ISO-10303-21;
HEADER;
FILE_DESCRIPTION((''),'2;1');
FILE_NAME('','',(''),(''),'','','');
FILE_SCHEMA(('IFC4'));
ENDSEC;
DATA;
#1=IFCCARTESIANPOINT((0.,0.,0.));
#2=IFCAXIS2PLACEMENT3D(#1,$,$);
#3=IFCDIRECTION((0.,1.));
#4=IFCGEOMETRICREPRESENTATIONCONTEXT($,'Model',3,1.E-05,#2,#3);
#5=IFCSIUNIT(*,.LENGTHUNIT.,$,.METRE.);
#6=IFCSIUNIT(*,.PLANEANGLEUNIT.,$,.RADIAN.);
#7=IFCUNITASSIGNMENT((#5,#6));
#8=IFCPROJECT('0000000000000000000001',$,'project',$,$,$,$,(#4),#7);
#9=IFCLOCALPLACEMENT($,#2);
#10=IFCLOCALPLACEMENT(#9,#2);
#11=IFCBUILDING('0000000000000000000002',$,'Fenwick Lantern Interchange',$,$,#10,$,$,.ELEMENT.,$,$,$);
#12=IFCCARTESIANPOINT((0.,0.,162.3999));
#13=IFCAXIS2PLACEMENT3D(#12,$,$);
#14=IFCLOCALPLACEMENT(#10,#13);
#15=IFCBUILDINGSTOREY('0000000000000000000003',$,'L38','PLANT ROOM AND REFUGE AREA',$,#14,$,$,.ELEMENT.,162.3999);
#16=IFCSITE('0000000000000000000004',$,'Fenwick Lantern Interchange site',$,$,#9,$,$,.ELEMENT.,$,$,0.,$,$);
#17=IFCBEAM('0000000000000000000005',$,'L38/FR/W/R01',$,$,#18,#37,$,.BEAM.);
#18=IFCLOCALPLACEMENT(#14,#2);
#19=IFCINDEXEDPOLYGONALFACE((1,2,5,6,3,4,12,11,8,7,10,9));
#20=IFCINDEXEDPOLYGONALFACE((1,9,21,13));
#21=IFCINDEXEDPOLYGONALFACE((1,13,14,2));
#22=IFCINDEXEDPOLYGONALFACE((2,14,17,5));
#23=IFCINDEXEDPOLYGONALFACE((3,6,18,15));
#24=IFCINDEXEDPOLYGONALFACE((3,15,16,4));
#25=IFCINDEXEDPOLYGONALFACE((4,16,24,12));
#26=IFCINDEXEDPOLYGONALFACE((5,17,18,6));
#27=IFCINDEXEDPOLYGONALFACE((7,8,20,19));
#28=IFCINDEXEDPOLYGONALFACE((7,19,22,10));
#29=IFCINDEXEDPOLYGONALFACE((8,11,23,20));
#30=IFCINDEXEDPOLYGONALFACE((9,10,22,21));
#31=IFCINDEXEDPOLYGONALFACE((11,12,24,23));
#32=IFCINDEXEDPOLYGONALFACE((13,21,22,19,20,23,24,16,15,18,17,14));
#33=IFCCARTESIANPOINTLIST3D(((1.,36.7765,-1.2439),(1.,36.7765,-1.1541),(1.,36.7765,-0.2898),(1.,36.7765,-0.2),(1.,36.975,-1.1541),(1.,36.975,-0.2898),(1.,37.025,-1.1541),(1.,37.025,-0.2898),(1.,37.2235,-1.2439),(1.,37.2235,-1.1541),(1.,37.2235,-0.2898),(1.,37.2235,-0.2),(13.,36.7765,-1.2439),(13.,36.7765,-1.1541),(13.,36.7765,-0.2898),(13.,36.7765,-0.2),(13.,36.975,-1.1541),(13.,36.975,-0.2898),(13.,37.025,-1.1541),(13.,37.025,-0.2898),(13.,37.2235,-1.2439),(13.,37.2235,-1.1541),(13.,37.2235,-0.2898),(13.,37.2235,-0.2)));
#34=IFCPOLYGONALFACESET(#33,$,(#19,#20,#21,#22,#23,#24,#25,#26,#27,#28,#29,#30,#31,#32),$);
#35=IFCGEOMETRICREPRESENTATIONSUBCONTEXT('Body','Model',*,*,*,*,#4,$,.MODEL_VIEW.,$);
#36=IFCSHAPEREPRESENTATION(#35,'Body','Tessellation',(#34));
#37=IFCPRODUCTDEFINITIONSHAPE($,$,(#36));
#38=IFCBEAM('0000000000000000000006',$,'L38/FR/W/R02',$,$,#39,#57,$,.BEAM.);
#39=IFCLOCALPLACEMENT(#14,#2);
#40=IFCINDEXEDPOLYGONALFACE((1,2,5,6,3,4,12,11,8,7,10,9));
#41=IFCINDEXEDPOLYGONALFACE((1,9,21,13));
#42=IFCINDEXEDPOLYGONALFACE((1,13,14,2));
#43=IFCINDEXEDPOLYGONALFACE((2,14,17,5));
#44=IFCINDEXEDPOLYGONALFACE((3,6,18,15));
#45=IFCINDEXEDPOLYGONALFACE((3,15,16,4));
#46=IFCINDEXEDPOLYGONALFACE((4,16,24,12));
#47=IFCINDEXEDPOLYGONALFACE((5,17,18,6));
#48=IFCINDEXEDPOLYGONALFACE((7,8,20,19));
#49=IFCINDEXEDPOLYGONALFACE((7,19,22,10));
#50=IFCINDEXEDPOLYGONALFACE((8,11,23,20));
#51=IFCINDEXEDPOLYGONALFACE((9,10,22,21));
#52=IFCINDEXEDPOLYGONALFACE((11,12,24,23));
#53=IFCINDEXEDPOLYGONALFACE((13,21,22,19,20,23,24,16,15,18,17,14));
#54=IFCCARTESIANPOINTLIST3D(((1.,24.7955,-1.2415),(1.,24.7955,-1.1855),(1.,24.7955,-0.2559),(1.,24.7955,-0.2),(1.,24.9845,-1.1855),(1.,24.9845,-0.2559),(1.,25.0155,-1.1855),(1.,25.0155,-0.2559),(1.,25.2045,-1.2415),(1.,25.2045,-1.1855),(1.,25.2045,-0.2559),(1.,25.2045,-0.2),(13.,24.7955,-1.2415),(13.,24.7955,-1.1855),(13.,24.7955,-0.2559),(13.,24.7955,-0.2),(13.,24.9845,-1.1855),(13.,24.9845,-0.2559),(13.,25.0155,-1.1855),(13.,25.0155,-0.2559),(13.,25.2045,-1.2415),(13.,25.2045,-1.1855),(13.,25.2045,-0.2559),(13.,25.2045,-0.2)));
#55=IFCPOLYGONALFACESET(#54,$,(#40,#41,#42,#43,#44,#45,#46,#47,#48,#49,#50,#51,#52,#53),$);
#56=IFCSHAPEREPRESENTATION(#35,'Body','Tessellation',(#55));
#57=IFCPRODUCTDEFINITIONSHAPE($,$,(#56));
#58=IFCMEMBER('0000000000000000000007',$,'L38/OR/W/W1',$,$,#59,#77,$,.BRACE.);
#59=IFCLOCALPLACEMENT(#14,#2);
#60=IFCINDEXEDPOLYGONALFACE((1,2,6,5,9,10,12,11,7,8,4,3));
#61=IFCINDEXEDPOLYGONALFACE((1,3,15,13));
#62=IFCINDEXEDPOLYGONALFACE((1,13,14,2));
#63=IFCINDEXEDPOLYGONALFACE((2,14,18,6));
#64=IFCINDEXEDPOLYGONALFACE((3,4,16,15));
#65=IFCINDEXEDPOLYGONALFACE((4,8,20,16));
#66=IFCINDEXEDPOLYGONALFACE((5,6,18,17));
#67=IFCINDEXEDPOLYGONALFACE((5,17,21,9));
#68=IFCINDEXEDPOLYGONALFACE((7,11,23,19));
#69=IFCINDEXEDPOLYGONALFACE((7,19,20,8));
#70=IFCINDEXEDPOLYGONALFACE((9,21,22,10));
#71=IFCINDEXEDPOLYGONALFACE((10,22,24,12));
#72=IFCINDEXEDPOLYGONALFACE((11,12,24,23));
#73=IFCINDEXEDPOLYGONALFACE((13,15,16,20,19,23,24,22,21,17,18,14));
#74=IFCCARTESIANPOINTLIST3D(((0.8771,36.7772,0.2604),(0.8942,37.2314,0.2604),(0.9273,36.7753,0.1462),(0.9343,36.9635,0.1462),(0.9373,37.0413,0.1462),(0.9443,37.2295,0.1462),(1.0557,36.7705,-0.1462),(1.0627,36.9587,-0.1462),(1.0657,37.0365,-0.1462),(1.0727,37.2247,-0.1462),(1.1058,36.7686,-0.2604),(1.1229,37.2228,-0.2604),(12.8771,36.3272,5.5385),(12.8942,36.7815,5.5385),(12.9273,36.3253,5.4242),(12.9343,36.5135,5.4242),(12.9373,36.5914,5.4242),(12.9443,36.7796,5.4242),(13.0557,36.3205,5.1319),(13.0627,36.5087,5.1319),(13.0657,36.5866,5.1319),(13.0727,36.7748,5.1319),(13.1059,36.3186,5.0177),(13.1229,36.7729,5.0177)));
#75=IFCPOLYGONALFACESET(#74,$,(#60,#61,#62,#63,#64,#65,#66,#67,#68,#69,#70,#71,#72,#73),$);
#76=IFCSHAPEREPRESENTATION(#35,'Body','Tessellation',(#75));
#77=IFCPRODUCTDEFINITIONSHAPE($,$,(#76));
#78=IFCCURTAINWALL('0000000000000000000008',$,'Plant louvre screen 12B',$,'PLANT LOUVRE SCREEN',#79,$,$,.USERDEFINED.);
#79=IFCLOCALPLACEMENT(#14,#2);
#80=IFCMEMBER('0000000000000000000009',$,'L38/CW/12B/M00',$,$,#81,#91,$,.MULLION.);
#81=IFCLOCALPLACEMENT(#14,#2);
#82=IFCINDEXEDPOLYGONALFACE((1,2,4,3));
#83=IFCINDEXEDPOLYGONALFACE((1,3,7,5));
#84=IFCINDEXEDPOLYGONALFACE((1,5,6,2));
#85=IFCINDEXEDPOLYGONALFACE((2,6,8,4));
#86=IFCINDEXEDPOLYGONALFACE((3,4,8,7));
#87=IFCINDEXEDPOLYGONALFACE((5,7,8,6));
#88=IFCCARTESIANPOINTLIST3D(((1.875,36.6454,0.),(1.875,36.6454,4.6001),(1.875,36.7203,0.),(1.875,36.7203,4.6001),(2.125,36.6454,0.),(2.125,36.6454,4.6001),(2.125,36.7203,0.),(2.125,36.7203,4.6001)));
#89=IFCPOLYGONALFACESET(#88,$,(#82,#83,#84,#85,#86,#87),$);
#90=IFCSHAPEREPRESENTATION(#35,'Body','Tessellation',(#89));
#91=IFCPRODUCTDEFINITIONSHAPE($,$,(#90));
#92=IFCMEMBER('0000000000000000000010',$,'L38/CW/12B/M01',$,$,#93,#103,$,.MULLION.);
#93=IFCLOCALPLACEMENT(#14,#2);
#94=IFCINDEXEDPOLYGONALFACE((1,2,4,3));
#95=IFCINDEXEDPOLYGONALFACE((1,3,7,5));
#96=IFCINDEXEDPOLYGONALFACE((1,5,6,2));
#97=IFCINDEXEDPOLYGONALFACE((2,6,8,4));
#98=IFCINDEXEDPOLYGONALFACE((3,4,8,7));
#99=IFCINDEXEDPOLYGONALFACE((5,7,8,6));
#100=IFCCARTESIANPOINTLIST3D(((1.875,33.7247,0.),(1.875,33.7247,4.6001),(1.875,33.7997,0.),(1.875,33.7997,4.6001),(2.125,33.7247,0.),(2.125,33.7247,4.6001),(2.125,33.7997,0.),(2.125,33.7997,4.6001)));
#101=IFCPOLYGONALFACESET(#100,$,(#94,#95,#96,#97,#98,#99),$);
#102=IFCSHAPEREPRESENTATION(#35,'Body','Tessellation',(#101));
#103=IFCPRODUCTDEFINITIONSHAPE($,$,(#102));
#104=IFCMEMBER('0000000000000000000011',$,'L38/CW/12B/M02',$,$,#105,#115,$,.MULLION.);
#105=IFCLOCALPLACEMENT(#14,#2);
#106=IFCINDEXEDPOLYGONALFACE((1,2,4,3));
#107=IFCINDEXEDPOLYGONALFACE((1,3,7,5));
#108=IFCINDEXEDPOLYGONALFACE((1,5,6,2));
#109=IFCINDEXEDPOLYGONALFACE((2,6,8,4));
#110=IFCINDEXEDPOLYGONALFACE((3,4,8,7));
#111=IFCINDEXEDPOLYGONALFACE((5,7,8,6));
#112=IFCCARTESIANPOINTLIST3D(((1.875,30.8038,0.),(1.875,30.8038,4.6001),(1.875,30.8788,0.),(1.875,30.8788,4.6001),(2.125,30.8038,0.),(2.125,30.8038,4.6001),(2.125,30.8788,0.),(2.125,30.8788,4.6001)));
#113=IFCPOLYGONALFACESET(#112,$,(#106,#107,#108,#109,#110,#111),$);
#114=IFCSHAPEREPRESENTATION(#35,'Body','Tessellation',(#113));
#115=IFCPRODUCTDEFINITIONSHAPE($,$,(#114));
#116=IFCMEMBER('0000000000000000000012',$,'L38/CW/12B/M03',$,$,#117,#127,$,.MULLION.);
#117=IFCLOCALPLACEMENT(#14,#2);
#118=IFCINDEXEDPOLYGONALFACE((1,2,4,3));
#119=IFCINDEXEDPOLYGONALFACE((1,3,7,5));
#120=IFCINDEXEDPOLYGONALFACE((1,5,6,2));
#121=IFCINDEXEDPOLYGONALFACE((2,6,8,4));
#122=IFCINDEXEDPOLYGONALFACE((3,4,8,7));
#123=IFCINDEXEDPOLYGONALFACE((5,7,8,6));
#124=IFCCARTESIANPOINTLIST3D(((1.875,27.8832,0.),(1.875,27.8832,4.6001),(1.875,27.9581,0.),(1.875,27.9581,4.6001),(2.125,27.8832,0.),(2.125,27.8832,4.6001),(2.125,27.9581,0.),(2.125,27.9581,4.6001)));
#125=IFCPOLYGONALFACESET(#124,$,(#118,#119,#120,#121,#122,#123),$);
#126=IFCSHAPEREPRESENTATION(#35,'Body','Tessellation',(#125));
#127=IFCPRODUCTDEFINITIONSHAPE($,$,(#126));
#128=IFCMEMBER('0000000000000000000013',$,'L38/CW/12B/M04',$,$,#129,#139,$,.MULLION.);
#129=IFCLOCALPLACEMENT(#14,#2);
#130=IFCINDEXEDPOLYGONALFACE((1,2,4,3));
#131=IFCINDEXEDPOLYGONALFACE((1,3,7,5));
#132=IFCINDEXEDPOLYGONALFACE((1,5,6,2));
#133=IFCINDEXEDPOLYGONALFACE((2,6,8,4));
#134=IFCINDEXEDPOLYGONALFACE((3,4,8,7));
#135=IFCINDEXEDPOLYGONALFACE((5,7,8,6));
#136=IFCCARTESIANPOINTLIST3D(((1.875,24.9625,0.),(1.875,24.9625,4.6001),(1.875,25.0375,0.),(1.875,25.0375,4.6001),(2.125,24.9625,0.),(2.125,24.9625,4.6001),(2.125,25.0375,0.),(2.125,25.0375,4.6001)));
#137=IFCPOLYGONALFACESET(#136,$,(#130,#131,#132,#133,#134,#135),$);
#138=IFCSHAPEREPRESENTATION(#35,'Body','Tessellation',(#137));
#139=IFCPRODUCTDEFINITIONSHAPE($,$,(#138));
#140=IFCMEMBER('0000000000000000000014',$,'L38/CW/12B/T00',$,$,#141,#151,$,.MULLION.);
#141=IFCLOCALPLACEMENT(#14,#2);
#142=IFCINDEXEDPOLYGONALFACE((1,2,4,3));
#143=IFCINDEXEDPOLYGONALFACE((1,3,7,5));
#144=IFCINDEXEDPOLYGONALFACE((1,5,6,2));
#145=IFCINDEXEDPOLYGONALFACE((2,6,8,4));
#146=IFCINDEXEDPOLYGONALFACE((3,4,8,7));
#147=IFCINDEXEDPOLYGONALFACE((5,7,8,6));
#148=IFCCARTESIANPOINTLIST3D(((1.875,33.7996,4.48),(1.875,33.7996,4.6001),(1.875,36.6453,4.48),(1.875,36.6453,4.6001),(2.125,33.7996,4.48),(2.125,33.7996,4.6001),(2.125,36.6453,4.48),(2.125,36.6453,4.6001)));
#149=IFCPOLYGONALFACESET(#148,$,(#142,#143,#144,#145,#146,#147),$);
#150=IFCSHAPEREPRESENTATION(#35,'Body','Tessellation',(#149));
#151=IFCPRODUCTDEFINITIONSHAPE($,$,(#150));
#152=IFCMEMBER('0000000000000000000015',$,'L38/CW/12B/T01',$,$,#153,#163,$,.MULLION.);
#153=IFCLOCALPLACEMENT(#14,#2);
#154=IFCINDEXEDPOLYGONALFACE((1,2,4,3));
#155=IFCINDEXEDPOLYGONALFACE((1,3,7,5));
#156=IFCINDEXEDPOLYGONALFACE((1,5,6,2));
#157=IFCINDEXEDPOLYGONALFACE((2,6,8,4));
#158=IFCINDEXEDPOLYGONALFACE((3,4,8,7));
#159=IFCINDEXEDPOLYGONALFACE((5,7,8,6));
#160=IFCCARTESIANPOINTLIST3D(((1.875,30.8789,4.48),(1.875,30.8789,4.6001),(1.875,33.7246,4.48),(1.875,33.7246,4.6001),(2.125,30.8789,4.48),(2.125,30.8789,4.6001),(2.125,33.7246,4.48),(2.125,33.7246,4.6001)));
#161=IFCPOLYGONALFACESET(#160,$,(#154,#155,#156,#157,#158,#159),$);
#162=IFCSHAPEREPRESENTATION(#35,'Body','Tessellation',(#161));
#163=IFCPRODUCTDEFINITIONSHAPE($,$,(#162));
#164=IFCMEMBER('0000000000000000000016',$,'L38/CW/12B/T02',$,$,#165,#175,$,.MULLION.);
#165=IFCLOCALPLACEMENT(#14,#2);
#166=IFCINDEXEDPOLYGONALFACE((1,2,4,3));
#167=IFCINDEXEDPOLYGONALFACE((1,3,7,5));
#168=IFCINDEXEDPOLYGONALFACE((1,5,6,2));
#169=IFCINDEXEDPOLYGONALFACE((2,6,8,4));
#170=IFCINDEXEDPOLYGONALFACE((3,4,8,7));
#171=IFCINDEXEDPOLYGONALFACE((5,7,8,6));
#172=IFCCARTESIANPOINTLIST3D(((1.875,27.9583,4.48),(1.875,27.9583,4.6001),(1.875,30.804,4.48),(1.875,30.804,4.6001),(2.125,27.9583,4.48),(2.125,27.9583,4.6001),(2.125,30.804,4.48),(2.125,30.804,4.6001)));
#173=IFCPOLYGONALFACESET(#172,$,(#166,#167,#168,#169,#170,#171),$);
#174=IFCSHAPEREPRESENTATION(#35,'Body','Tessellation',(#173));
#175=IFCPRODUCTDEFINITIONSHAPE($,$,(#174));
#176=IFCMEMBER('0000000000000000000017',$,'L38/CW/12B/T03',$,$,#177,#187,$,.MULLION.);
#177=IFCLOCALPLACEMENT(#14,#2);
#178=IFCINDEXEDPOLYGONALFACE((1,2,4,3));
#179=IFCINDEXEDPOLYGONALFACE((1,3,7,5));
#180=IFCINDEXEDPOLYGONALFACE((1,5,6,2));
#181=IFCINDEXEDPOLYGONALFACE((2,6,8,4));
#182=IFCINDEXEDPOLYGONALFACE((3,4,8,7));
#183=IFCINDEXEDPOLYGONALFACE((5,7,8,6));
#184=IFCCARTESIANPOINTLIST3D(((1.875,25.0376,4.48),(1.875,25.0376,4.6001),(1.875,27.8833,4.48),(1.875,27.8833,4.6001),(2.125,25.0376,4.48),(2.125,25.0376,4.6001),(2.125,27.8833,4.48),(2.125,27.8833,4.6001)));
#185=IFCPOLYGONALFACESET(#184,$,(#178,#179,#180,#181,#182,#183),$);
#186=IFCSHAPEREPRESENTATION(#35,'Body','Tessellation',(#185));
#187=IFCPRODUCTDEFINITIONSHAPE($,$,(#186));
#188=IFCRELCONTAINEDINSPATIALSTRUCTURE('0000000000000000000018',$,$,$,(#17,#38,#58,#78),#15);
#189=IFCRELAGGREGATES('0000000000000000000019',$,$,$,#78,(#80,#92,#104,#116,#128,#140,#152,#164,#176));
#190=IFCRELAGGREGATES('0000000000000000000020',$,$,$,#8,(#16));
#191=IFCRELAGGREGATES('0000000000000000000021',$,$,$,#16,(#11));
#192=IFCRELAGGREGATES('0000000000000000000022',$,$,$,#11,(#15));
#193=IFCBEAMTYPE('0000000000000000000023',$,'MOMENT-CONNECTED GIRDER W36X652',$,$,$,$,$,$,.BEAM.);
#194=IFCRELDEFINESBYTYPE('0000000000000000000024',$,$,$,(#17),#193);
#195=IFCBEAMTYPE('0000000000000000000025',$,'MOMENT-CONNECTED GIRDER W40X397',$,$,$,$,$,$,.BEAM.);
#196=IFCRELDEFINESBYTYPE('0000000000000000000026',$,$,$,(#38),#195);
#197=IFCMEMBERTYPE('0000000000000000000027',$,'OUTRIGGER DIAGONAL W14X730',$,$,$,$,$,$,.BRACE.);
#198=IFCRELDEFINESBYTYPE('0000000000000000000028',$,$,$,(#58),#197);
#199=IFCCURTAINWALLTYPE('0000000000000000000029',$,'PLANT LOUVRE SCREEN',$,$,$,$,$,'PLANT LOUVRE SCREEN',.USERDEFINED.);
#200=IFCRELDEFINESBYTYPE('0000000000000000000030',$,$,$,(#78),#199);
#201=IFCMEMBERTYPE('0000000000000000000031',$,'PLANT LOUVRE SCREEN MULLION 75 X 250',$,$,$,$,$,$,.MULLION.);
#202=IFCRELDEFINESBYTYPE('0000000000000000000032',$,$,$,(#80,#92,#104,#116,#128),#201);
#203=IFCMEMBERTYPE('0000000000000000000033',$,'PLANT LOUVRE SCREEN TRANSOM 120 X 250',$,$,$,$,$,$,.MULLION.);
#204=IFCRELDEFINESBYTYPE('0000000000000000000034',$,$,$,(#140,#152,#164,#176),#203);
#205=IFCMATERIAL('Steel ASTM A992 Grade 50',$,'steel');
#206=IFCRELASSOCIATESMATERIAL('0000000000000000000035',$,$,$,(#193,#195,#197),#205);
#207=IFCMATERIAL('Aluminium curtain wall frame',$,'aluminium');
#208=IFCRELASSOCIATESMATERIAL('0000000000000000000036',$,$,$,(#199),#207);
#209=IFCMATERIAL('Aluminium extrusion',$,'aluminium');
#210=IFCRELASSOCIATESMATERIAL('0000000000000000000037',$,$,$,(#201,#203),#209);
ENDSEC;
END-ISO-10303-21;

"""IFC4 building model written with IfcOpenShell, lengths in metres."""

from ifc_helpers import new_model, si_unit, direction, frame, origin, origin_2d, place, context, subcontext, project, spatial, rectangle, i_section, extrude, material, material_profile, profile_set, type_object, element, aggregate, save


model = new_model("IFC4")

# Units and contexts
model_context = context("Model", 3, precision=1e-05, world=origin(), true_north=direction((0.0, 1.0)))
body_context = subcontext(model_context, "Body", "Model", "MODEL_VIEW")
ifc_project = project(units=[si_unit("LENGTHUNIT", "METRE"), si_unit("PLANEANGLEUNIT", "RADIAN")], contexts=[model_context])

# Site, building, storey
site_placement = place(None, origin())
site = spatial("IfcSite", under=ifc_project, at=site_placement, Name="Fenwick Lantern Interchange site", CompositionType="ELEMENT", RefElevation=0.0)
building_placement = place(site_placement, origin())
building = spatial("IfcBuilding", under=site, at=building_placement, Name="Fenwick Lantern Interchange", CompositionType="ELEMENT")
storey_placement = place(building_placement, frame((0.0, 0.0, 162.3999)))
storey = spatial("IfcBuildingStorey", under=building, at=storey_placement, Name="L38", Description="PLANT ROOM AND REFUGE AREA", CompositionType="ELEMENT", Elevation=162.3999)

# Shared definitions
ifc_material_1 = material(Name="Steel ASTM A992 Grade 50", Category="steel")

# Beams
ifc_material_profile_1 = material_profile(ifc_material_1, i_section(OverallWidth=0.447, OverallDepth=1.0439, WebThickness=0.05, FlangeThickness=0.0898, at=origin_2d()), Name="W36X652")
ifc_profile_set_1 = profile_set([ifc_material_profile_1], Name="Steel ASTM A992 Grade 50")
beam_type_1 = type_object("IfcBeamType", Name="MOMENT-CONNECTED GIRDER W36X652", PredefinedType="BEAM", material=ifc_profile_set_1)
beam_1_placement = place(storey_placement, frame((1.0, 37.0, -0.7219), z_axis=(1.0, 0.0, 0.0), x_axis=(0.0, 1.0, 0.0)))
element("IfcBeam", 1, at=beam_1_placement, inside=storey, type_object=beam_type_1, Name="L38/FR/W/R01", PredefinedType="BEAM", context=body_context, shape_type="SweptSolid", body=[
    extrude(i_section(OverallWidth=0.447, OverallDepth=1.0439, WebThickness=0.05, FlangeThickness=0.0898, at=origin_2d()), origin(), (0.0, 0.0, 1.0), 12.0),
])
ifc_material_profile_2 = material_profile(ifc_material_1, i_section(OverallWidth=0.4089, OverallDepth=1.0415, WebThickness=0.031, FlangeThickness=0.0559, at=origin_2d()), Name="W40X397")
ifc_profile_set_2 = profile_set([ifc_material_profile_2], Name="Steel ASTM A992 Grade 50")
beam_type_2 = type_object("IfcBeamType", Name="MOMENT-CONNECTED GIRDER W40X397", PredefinedType="BEAM", material=ifc_profile_set_2)
beam_2_placement = place(storey_placement, frame((1.0, 25.0, -0.7207), z_axis=(1.0, 0.0, 0.0), x_axis=(0.0, 1.0, 0.0)))
element("IfcBeam", 2, at=beam_2_placement, inside=storey, type_object=beam_type_2, Name="L38/FR/W/R02", PredefinedType="BEAM", context=body_context, shape_type="SweptSolid", body=[
    extrude(i_section(OverallWidth=0.4089, OverallDepth=1.0415, WebThickness=0.031, FlangeThickness=0.0559, at=origin_2d()), origin(), (0.0, 0.0, 1.0), 12.0),
])

# Member
ifc_material_profile_3 = material_profile(ifc_material_1, i_section(OverallWidth=0.4546, OverallDepth=0.5688, WebThickness=0.0779, FlangeThickness=0.1248, at=origin_2d()), Name="W14X730")
ifc_profile_set_3 = profile_set([ifc_material_profile_3], Name="Steel ASTM A992 Grade 50")
member_type_1 = type_object("IfcMemberType", Name="OUTRIGGER DIAGONAL W14X730", PredefinedType="BRACE", material=ifc_profile_set_3)
member_1_placement = place(storey_placement, frame((1.0, 37.0, 0.0), z_axis=(0.91483, -0.034302, 0.402379), x_axis=(0.03747, 0.999298, 0.0)))
element("IfcMember", 3, at=member_1_placement, inside=storey, type_object=member_type_1, Name="L38/OR/W/W1", PredefinedType="BRACE", context=body_context, shape_type="SweptSolid", body=[
    extrude(i_section(OverallWidth=0.4546, OverallDepth=0.5688, WebThickness=0.0779, FlangeThickness=0.1248, at=origin_2d()), origin(), (0.0, 0.0, 1.0), 13.1172),
])

# Curtain wall, members
ifc_material_2 = material(Name="Aluminium curtain wall frame", Category="aluminium")
curtain_wall_type = type_object("IfcCurtainWallType", Name="PLANT LOUVRE SCREEN", ElementType="PLANT LOUVRE SCREEN", PredefinedType="USERDEFINED", material=ifc_material_2)
curtain_wall_placement = place(storey_placement, origin())
curtain_wall = element("IfcCurtainWall", 4, at=curtain_wall_placement, inside=storey, type_object=curtain_wall_type, Name="Plant louvre screen 12B", ObjectType="PLANT LOUVRE SCREEN", PredefinedType="USERDEFINED")
ifc_material_3 = material(Name="Aluminium extrusion", Category="aluminium")
ifc_material_profile_4 = material_profile(ifc_material_3, rectangle(XDim=0.25, YDim=0.075, at=origin_2d()), Name="PLANT LOUVRE SCREEN MULLION 75 X 250")
ifc_profile_set_4 = profile_set([ifc_material_profile_4], Name="Aluminium extrusion")
member_type_2 = type_object("IfcMemberType", Name="PLANT LOUVRE SCREEN MULLION 75 X 250", PredefinedType="MULLION", material=ifc_profile_set_4)
member_2_placement = place(storey_placement, frame((2.0, 36.6829, 0.0), z_axis=(0.0, 0.0, 1.0), x_axis=(1.0, 0.0, 0.0)))
member_2 = element("IfcMember", 5, at=member_2_placement, type_object=member_type_2, Name="L38/CW/12B/M00", PredefinedType="MULLION", context=body_context, shape_type="SweptSolid", body=[
    extrude(rectangle(XDim=0.25, YDim=0.075, at=origin_2d()), origin(), (0.0, 0.0, 1.0), 4.6001),
])
member_3_placement = place(storey_placement, frame((2.0, 33.7622, 0.0), z_axis=(0.0, 0.0, 1.0), x_axis=(1.0, 0.0, 0.0)))
member_3 = element("IfcMember", 6, at=member_3_placement, type_object=member_type_2, Name="L38/CW/12B/M01", PredefinedType="MULLION", context=body_context, shape_type="SweptSolid", body=[
    extrude(rectangle(XDim=0.25, YDim=0.075, at=origin_2d()), origin(), (0.0, 0.0, 1.0), 4.6001),
])
member_4_placement = place(storey_placement, frame((2.0, 30.8413, 0.0), z_axis=(0.0, 0.0, 1.0), x_axis=(1.0, 0.0, 0.0)))
member_4 = element("IfcMember", 7, at=member_4_placement, type_object=member_type_2, Name="L38/CW/12B/M02", PredefinedType="MULLION", context=body_context, shape_type="SweptSolid", body=[
    extrude(rectangle(XDim=0.25, YDim=0.075, at=origin_2d()), origin(), (0.0, 0.0, 1.0), 4.6001),
])
member_5_placement = place(storey_placement, frame((2.0, 27.9207, 0.0), z_axis=(0.0, 0.0, 1.0), x_axis=(1.0, 0.0, 0.0)))
member_5 = element("IfcMember", 8, at=member_5_placement, type_object=member_type_2, Name="L38/CW/12B/M03", PredefinedType="MULLION", context=body_context, shape_type="SweptSolid", body=[
    extrude(rectangle(XDim=0.25, YDim=0.075, at=origin_2d()), origin(), (0.0, 0.0, 1.0), 4.6001),
])
member_6_placement = place(storey_placement, frame((2.0, 25.0, 0.0), z_axis=(0.0, 0.0, 1.0), x_axis=(1.0, 0.0, 0.0)))
member_6 = element("IfcMember", 9, at=member_6_placement, type_object=member_type_2, Name="L38/CW/12B/M04", PredefinedType="MULLION", context=body_context, shape_type="SweptSolid", body=[
    extrude(rectangle(XDim=0.25, YDim=0.075, at=origin_2d()), origin(), (0.0, 0.0, 1.0), 4.6001),
])
ifc_material_profile_5 = material_profile(ifc_material_3, rectangle(XDim=0.25, YDim=0.1201, at=origin_2d()), Name="PLANT LOUVRE SCREEN TRANSOM 120 X 250")
ifc_profile_set_5 = profile_set([ifc_material_profile_5], Name="Aluminium extrusion")
member_type_3 = type_object("IfcMemberType", Name="PLANT LOUVRE SCREEN TRANSOM 120 X 250", PredefinedType="MULLION", material=ifc_profile_set_5)
member_7_placement = place(storey_placement, frame((2.0, 36.6453, 4.54), z_axis=(0.0, -1.0, 0.0), x_axis=(1.0, 0.0, 0.0)))
member_7 = element("IfcMember", 10, at=member_7_placement, type_object=member_type_3, Name="L38/CW/12B/T00", PredefinedType="MULLION", context=body_context, shape_type="SweptSolid", body=[
    extrude(rectangle(XDim=0.25, YDim=0.1201, at=origin_2d()), origin(), (0.0, 0.0, 1.0), 2.8457),
])
member_8_placement = place(storey_placement, frame((2.0, 33.7246, 4.54), z_axis=(0.0, -1.0, 0.0), x_axis=(1.0, 0.0, 0.0)))
member_8 = element("IfcMember", 11, at=member_8_placement, type_object=member_type_3, Name="L38/CW/12B/T01", PredefinedType="MULLION", context=body_context, shape_type="SweptSolid", body=[
    extrude(rectangle(XDim=0.25, YDim=0.1201, at=origin_2d()), origin(), (0.0, 0.0, 1.0), 2.8457),
])
member_9_placement = place(storey_placement, frame((2.0, 30.804, 4.54), z_axis=(0.0, -1.0, 0.0), x_axis=(1.0, 0.0, 0.0)))
member_9 = element("IfcMember", 12, at=member_9_placement, type_object=member_type_3, Name="L38/CW/12B/T02", PredefinedType="MULLION", context=body_context, shape_type="SweptSolid", body=[
    extrude(rectangle(XDim=0.25, YDim=0.1201, at=origin_2d()), origin(), (0.0, 0.0, 1.0), 2.8457),
])
member_10_placement = place(storey_placement, frame((2.0, 27.8833, 4.54), z_axis=(0.0, -1.0, 0.0), x_axis=(1.0, 0.0, 0.0)))
member_10 = element("IfcMember", 13, at=member_10_placement, type_object=member_type_3, Name="L38/CW/12B/T03", PredefinedType="MULLION", context=body_context, shape_type="SweptSolid", body=[
    extrude(rectangle(XDim=0.25, YDim=0.1201, at=origin_2d()), origin(), (0.0, 0.0, 1.0), 2.8457),
])

aggregate(curtain_wall, [member_2, member_3, member_4, member_5, member_6, member_7, member_8, member_9, member_10])

save(model, "model.ifc")
